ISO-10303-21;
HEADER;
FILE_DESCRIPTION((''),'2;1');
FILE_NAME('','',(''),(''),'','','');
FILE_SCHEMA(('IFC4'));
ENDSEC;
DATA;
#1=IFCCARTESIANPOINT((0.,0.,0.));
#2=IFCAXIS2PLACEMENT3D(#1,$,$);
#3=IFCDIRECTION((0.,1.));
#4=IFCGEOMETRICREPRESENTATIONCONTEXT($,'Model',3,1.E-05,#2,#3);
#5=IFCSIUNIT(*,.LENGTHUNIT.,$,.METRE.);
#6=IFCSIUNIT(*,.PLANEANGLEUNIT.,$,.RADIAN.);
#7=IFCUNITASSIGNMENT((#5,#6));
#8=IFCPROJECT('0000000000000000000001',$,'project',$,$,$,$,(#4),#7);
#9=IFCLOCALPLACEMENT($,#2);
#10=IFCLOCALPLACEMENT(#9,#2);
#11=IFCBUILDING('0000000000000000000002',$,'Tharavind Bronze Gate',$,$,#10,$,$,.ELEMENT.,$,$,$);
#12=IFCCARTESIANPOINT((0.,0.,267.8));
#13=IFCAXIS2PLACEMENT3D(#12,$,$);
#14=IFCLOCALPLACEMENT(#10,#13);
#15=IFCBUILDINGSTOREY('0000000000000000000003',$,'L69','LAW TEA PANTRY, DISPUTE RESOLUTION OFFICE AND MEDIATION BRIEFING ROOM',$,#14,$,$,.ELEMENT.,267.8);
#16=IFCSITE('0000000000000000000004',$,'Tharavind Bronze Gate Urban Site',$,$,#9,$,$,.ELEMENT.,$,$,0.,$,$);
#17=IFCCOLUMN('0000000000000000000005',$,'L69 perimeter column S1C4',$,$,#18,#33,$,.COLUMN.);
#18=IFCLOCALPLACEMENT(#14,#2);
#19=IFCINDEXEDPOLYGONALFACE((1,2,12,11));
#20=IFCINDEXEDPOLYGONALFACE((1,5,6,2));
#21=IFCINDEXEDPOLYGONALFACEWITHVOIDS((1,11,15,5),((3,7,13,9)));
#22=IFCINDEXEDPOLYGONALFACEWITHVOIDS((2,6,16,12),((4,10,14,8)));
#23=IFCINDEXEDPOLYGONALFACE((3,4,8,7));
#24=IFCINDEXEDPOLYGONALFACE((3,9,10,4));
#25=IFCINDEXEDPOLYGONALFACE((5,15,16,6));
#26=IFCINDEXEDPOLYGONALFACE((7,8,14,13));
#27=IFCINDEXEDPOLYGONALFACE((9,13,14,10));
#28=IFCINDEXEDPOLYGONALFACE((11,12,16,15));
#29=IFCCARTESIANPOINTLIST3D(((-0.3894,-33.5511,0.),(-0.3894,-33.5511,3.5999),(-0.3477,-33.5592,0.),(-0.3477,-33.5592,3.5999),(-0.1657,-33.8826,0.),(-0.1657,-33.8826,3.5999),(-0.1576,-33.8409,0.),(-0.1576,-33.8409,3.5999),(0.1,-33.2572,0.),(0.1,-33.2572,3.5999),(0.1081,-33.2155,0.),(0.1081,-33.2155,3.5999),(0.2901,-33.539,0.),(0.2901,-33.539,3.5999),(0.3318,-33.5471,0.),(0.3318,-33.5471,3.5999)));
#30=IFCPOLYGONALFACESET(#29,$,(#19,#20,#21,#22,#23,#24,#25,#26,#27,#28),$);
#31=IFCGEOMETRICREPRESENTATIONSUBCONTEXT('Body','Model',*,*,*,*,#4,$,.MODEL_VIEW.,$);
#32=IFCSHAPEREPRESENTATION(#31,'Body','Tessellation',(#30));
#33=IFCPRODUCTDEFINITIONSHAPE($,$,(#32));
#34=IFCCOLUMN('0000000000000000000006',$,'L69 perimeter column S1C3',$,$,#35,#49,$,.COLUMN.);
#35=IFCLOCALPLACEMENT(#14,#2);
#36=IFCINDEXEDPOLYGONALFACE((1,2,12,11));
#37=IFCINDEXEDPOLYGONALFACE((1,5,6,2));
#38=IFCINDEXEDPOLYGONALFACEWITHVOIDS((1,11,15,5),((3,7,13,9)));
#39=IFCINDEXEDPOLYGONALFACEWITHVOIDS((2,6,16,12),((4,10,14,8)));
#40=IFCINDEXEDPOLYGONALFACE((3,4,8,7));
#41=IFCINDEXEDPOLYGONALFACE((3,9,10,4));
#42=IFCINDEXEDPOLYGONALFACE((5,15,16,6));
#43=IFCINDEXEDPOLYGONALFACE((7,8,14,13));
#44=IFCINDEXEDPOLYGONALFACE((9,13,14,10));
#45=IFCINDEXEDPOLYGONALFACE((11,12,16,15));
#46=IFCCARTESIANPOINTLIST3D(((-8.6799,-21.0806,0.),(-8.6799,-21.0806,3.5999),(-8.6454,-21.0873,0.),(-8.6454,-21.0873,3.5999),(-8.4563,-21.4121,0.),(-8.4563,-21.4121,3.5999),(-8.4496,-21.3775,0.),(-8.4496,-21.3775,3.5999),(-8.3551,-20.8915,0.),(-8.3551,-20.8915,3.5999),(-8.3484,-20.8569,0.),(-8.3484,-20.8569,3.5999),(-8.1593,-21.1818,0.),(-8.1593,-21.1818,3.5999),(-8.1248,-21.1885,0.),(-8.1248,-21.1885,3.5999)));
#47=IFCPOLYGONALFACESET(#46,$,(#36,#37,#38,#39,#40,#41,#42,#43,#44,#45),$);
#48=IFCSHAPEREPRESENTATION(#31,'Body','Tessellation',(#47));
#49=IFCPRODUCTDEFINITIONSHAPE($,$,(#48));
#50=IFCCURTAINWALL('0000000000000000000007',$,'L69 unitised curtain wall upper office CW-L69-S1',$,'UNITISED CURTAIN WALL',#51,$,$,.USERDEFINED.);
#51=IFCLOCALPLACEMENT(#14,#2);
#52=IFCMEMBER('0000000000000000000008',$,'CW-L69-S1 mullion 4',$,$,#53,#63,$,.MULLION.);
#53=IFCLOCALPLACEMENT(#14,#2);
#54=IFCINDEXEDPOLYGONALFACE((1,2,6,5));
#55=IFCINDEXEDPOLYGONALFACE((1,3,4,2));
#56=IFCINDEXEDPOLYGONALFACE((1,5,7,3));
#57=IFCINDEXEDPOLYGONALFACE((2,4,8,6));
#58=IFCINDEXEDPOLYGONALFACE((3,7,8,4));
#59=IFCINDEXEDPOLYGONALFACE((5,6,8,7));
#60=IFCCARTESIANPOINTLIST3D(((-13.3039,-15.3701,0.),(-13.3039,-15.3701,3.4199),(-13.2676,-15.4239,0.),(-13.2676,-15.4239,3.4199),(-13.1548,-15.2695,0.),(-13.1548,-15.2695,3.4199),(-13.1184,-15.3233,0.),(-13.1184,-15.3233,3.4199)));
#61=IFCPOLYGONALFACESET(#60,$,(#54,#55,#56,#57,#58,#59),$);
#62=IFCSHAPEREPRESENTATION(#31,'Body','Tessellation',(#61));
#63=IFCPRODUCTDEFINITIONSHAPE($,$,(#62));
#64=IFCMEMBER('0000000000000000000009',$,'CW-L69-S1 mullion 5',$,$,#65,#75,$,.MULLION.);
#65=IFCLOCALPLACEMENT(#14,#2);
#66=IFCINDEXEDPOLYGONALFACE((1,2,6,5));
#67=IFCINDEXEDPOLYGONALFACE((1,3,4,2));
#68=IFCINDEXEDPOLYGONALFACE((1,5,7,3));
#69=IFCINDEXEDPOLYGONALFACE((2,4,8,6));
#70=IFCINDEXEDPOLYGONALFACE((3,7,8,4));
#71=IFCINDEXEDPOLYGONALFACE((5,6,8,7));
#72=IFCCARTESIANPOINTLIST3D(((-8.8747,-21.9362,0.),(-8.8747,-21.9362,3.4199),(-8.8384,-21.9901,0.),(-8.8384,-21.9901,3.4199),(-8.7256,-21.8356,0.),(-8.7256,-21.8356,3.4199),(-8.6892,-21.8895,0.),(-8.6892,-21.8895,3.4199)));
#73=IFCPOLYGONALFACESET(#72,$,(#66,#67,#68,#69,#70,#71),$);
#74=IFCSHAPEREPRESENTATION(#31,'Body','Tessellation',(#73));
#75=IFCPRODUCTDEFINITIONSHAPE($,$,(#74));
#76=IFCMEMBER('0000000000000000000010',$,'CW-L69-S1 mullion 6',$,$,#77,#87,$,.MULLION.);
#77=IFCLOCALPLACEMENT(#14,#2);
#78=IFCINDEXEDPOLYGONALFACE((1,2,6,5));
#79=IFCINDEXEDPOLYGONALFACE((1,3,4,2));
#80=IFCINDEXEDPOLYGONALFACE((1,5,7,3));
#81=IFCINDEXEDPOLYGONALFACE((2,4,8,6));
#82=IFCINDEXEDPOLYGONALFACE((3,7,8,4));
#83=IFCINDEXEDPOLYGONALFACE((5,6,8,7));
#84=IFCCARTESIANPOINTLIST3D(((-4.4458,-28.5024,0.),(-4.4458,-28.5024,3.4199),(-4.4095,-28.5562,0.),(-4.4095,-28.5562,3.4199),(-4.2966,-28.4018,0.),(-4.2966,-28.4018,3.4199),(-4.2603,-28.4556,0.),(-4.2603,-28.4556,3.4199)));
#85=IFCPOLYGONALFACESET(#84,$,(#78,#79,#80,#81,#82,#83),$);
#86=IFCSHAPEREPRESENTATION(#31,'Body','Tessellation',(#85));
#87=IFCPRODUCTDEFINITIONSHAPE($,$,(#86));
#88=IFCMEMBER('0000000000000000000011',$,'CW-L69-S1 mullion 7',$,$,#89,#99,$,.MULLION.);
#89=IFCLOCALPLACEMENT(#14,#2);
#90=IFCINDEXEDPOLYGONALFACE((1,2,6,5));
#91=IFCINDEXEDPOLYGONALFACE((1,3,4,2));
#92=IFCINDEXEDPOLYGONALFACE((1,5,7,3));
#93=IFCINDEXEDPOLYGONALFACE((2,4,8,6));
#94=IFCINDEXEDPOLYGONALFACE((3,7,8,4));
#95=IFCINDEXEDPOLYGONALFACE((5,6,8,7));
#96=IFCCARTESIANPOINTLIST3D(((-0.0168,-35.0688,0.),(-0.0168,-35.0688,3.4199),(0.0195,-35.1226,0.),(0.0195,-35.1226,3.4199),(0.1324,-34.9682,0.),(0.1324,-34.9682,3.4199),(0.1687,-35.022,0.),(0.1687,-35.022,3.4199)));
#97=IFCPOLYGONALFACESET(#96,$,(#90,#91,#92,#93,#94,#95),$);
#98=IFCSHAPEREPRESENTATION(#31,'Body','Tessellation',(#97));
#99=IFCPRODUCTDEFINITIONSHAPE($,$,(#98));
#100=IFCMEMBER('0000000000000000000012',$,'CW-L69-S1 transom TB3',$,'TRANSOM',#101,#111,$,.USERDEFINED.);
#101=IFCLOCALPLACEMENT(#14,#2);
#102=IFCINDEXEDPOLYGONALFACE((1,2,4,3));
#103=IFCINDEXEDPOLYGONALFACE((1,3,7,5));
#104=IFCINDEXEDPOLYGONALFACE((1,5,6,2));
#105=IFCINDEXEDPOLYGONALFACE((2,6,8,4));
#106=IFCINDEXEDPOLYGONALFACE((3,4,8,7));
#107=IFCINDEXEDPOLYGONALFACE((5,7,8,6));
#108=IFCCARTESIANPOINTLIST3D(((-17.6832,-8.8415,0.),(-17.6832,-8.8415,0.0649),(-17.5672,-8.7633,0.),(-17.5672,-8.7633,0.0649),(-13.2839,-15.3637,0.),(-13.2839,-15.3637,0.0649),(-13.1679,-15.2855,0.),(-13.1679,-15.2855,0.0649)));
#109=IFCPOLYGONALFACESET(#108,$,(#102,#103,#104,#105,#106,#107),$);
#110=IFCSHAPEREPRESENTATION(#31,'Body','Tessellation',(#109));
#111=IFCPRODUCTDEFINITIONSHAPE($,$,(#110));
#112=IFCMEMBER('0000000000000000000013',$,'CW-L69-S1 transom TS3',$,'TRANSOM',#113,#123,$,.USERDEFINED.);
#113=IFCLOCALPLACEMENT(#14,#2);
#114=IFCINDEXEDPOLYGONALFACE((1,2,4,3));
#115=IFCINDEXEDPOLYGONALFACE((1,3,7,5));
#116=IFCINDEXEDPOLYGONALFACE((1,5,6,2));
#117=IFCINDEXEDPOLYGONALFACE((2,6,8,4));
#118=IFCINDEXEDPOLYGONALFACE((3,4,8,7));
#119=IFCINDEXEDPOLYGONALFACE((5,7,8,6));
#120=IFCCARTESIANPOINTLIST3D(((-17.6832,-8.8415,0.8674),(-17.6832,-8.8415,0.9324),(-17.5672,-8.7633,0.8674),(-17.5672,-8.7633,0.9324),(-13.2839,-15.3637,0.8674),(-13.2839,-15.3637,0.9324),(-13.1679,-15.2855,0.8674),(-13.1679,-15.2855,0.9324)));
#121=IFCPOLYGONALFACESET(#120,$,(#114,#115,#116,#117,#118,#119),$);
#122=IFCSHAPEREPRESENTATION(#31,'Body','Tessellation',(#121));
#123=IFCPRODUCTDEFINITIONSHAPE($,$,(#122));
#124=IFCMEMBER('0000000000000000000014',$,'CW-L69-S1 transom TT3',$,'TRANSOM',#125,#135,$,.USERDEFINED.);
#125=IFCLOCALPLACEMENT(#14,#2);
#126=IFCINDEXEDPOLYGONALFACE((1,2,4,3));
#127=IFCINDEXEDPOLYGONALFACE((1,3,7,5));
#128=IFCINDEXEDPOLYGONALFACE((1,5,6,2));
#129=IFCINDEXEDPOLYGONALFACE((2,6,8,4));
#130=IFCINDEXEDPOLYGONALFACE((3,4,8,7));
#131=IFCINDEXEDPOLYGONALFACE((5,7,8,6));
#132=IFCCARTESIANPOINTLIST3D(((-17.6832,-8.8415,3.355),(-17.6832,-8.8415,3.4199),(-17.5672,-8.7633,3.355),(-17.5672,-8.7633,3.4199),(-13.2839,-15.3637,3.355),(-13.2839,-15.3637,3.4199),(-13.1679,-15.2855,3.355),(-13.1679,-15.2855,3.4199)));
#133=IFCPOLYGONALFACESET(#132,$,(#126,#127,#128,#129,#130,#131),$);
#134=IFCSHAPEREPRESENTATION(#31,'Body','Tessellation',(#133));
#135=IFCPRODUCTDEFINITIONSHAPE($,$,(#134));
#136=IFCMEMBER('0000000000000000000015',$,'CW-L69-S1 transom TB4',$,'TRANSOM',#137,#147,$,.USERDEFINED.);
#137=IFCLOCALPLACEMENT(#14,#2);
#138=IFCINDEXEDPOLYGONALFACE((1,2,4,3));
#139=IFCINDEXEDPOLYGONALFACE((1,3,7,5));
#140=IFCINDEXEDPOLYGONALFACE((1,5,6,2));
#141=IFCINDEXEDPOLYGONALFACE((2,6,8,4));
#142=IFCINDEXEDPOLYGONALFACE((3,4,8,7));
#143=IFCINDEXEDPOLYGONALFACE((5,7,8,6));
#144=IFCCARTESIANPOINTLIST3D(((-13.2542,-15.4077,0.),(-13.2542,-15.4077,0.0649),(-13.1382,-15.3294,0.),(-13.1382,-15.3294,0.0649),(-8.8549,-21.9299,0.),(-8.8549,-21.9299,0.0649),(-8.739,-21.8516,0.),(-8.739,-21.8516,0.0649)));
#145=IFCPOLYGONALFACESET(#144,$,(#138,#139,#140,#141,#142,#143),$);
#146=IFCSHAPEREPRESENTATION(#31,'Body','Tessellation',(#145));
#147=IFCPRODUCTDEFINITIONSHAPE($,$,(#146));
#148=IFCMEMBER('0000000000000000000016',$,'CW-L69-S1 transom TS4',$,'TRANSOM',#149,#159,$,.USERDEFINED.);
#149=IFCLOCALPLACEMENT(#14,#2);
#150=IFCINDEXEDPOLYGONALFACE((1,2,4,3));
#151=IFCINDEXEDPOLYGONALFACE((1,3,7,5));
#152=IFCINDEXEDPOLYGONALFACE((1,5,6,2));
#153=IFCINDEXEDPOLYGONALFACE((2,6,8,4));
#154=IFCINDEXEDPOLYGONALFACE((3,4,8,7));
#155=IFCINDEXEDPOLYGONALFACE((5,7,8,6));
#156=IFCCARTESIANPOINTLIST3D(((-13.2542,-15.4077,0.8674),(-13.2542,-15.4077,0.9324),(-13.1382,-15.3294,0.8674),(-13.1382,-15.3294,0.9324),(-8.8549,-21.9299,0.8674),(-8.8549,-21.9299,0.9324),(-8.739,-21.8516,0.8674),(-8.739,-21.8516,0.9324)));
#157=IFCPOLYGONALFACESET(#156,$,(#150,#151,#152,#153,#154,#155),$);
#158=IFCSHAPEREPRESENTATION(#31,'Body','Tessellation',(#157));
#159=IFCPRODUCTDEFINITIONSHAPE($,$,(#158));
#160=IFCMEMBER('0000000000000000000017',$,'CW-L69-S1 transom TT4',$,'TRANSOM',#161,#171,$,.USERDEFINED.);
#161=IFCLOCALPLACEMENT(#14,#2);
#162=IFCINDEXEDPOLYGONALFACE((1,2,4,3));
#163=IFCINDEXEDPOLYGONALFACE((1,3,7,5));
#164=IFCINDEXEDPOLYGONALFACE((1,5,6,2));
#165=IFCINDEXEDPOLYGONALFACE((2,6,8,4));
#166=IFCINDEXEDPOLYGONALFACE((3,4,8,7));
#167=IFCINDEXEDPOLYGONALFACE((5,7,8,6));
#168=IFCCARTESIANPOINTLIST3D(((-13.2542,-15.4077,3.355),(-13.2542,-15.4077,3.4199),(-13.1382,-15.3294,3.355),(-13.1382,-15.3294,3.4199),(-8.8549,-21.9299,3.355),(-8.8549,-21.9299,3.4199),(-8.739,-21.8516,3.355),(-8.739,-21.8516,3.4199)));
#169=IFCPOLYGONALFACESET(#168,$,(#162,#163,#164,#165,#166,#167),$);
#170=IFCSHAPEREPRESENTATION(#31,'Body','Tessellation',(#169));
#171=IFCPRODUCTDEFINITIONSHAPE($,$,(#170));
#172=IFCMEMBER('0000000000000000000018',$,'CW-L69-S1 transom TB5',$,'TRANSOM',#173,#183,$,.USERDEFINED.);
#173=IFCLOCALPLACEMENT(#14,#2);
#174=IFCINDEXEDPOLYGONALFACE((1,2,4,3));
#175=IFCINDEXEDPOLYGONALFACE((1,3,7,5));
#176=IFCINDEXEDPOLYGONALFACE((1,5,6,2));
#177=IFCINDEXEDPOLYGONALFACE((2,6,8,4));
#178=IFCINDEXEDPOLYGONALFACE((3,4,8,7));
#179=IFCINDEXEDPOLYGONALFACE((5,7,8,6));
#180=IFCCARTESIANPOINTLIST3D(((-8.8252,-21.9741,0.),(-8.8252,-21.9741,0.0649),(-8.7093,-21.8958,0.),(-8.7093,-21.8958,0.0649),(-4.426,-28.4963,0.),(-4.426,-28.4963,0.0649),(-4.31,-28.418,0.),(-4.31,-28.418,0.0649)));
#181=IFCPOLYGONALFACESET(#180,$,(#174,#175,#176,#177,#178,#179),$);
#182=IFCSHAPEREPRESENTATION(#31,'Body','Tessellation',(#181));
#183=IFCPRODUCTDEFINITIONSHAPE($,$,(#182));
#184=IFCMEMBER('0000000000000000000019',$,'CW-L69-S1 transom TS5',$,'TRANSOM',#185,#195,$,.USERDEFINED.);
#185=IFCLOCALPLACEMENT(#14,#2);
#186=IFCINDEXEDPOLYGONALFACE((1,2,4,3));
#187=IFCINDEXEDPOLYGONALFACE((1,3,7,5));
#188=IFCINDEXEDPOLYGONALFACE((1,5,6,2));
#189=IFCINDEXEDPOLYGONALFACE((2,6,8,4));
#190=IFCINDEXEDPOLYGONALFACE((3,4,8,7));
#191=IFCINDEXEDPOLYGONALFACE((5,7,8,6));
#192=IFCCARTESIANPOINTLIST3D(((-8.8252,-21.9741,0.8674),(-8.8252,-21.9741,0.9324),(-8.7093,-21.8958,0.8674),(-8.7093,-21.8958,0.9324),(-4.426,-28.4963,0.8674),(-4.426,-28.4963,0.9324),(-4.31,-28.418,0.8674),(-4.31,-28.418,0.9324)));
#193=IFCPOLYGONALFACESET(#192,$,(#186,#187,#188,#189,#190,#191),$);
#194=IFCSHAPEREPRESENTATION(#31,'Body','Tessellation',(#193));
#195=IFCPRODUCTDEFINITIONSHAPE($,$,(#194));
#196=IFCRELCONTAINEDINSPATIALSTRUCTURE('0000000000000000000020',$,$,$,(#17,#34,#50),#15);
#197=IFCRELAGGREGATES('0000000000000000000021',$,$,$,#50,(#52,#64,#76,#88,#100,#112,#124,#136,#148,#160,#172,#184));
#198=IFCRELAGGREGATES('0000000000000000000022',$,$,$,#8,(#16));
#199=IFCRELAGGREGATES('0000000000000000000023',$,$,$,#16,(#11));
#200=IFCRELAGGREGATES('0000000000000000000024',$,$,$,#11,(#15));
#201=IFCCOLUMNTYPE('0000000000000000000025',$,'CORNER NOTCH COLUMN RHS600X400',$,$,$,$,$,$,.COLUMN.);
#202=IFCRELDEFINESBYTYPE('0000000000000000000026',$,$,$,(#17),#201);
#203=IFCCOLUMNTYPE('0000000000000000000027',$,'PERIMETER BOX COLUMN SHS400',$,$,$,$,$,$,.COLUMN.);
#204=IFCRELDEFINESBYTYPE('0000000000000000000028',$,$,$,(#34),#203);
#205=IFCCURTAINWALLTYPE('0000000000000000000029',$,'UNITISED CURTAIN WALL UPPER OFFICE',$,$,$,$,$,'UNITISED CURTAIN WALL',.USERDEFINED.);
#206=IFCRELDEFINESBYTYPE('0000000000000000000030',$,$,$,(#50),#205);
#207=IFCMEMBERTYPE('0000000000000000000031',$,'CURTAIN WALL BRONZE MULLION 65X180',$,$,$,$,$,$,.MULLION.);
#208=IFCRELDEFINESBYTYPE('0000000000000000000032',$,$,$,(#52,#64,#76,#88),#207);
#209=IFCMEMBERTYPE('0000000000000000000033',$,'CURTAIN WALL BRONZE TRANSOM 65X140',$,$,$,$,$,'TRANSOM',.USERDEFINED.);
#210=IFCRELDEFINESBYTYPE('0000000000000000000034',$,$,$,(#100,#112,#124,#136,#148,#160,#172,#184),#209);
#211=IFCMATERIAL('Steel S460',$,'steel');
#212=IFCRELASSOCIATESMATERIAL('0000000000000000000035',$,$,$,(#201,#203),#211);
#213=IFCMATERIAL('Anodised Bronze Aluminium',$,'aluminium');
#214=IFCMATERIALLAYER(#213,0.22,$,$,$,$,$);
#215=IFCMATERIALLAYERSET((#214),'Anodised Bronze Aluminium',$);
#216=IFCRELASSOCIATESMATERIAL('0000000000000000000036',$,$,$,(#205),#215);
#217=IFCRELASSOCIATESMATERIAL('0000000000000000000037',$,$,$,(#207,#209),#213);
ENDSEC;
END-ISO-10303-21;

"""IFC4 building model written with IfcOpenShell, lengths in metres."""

from ifc_helpers import new_model, si_unit, direction, frame, origin, origin_2d, place, context, subcontext, project, spatial, rectangle, hollow_rectangle, extrude, material, layer, layer_set, material_profile, profile_set, type_object, element, aggregate, save


model = new_model("IFC4")

# Units and contexts
model_context = context("Model", 3, precision=1e-05, world=origin(), true_north=direction((0.0, 1.0)))
body_context = subcontext(model_context, "Body", "Model", "MODEL_VIEW")
ifc_project = project(units=[si_unit("LENGTHUNIT", "METRE"), si_unit("PLANEANGLEUNIT", "RADIAN")], contexts=[model_context])

# Site, building, storey
site_placement = place(None, origin())
site = spatial("IfcSite", under=ifc_project, at=site_placement, Name="Tharavind Bronze Gate Urban Site", CompositionType="ELEMENT", RefElevation=0.0)
building_placement = place(site_placement, origin())
building = spatial("IfcBuilding", under=site, at=building_placement, Name="Tharavind Bronze Gate", CompositionType="ELEMENT")
storey_placement = place(building_placement, frame((0.0, 0.0, 267.8)))
storey = spatial("IfcBuildingStorey", under=building, at=storey_placement, Name="L69", Description="LAW TEA PANTRY, DISPUTE RESOLUTION OFFICE AND MEDIATION BRIEFING ROOM", CompositionType="ELEMENT", Elevation=267.8)

# Columns
ifc_material_1 = material(Name="Steel S460", Category="steel")
ifc_material_profile_1 = material_profile(ifc_material_1, hollow_rectangle(XDim=0.3999, YDim=0.6001, WallThickness=0.03, at=origin_2d()), Name="RHS600X400X30")
ifc_profile_set_1 = profile_set([ifc_material_profile_1], Name="Steel S460")
column_type_1 = type_object("IfcColumnType", Name="CORNER NOTCH COLUMN RHS600X400", PredefinedType="COLUMN", material=ifc_profile_set_1)
column_1_placement = place(storey_placement, frame((-0.0288, -33.5491, 0.0), z_axis=(0.0, 0.0, 1.0), x_axis=(-0.559193, 0.829038, 0.0)))
element("IfcColumn", 1, at=column_1_placement, inside=storey, type_object=column_type_1, Name="L69 perimeter column S1C4", PredefinedType="COLUMN", context=body_context, shape_type="SweptSolid", body=[
    extrude(hollow_rectangle(XDim=0.3999, YDim=0.6001, WallThickness=0.03, at=origin_2d()), origin(), (0.0, 0.0, 1.0), 3.5999),
])
ifc_material_profile_2 = material_profile(ifc_material_1, hollow_rectangle(XDim=0.3999, YDim=0.3999, WallThickness=0.0249, at=origin_2d()), Name="SHS400X25")
ifc_profile_set_2 = profile_set([ifc_material_profile_2], Name="Steel S460")
column_type_2 = type_object("IfcColumnType", Name="PERIMETER BOX COLUMN SHS400", PredefinedType="COLUMN", material=ifc_profile_set_2)
column_2_placement = place(storey_placement, frame((-8.4023, -21.1345, 0.0), z_axis=(0.0, 0.0, 1.0), x_axis=(-0.559193, 0.829038, 0.0)))
element("IfcColumn", 2, at=column_2_placement, inside=storey, type_object=column_type_2, Name="L69 perimeter column S1C3", PredefinedType="COLUMN", context=body_context, shape_type="SweptSolid", body=[
    extrude(hollow_rectangle(XDim=0.3999, YDim=0.3999, WallThickness=0.0249, at=origin_2d()), origin(), (0.0, 0.0, 1.0), 3.5999),
])

# Curtain wall, members
ifc_material_2 = material(Name="Anodised Bronze Aluminium", Category="aluminium")
ifc_layer_1 = layer(ifc_material_2, 0.22)
ifc_layer_set_1 = layer_set([ifc_layer_1], Name="Anodised Bronze Aluminium")
curtain_wall_type = type_object("IfcCurtainWallType", Name="UNITISED CURTAIN WALL UPPER OFFICE", ElementType="UNITISED CURTAIN WALL", PredefinedType="USERDEFINED", material=ifc_layer_set_1)
curtain_wall_placement = place(storey_placement, origin())
curtain_wall = element("IfcCurtainWall", 3, at=curtain_wall_placement, inside=storey, type_object=curtain_wall_type, Name="L69 unitised curtain wall upper office CW-L69-S1", ObjectType="UNITISED CURTAIN WALL", PredefinedType="USERDEFINED")
member_type_1 = type_object("IfcMemberType", Name="CURTAIN WALL BRONZE MULLION 65X180", PredefinedType="MULLION", material=ifc_material_2)
member_1_placement = place(storey_placement, frame((-13.2112, -15.3467, 0.0), z_axis=(0.0, 0.0, 1.0), x_axis=(0.559191, -0.829039, 0.0)))
member_1 = element("IfcMember", 4, at=member_1_placement, type_object=member_type_1, Name="CW-L69-S1 mullion 4", PredefinedType="MULLION", context=body_context, shape_type="SweptSolid", body=[
    extrude(rectangle(XDim=0.0649, YDim=0.1799, at=origin_2d()), origin(), (0.0, 0.0, 1.0), 3.4199),
])
member_2_placement = place(storey_placement, frame((-8.782, -21.9128, 0.0), z_axis=(0.0, 0.0, 1.0), x_axis=(0.559191, -0.829039, 0.0)))
member_2 = element("IfcMember", 5, at=member_2_placement, type_object=member_type_1, Name="CW-L69-S1 mullion 5", PredefinedType="MULLION", context=body_context, shape_type="SweptSolid", body=[
    extrude(rectangle(XDim=0.0649, YDim=0.1799, at=origin_2d()), origin(), (0.0, 0.0, 1.0), 3.4199),
])
member_3_placement = place(storey_placement, frame((-4.353, -28.479, 0.0), z_axis=(0.0, 0.0, 1.0), x_axis=(0.559191, -0.829039, 0.0)))
member_3 = element("IfcMember", 6, at=member_3_placement, type_object=member_type_1, Name="CW-L69-S1 mullion 6", PredefinedType="MULLION", context=body_context, shape_type="SweptSolid", body=[
    extrude(rectangle(XDim=0.0649, YDim=0.1799, at=origin_2d()), origin(), (0.0, 0.0, 1.0), 3.4199),
])
member_4_placement = place(storey_placement, frame((0.0759, -35.0454, 0.0), z_axis=(0.0, 0.0, 1.0), x_axis=(0.559191, -0.829039, 0.0)))
member_4 = element("IfcMember", 7, at=member_4_placement, type_object=member_type_1, Name="CW-L69-S1 mullion 7", PredefinedType="MULLION", context=body_context, shape_type="SweptSolid", body=[
    extrude(rectangle(XDim=0.0649, YDim=0.1799, at=origin_2d()), origin(), (0.0, 0.0, 1.0), 3.4199),
])
member_type_2 = type_object("IfcMemberType", Name="CURTAIN WALL BRONZE TRANSOM 65X140", ElementType="TRANSOM", PredefinedType="USERDEFINED", material=ifc_material_2)
member_5_placement = place(storey_placement, frame((-15.4255, -12.0635, 0.0), z_axis=(0.0, 0.0, 1.0), x_axis=(0.559191, -0.829039, 0.0)))
member_5 = element("IfcMember", 8, at=member_5_placement, type_object=member_type_2, Name="CW-L69-S1 transom TB3", ObjectType="TRANSOM", PredefinedType="USERDEFINED", context=body_context, shape_type="SweptSolid", body=[
    extrude(rectangle(XDim=7.8672, YDim=0.1399, at=origin_2d()), origin(), (0.0, 0.0, 1.0), 0.0649),
])
member_6_placement = place(storey_placement, frame((-15.4255, -12.0635, 0.8674), z_axis=(0.0, 0.0, 1.0), x_axis=(0.559191, -0.829039, 0.0)))
member_6 = element("IfcMember", 9, at=member_6_placement, type_object=member_type_2, Name="CW-L69-S1 transom TS3", ObjectType="TRANSOM", PredefinedType="USERDEFINED", context=body_context, shape_type="SweptSolid", body=[
    extrude(rectangle(XDim=7.8672, YDim=0.1399, at=origin_2d()), origin(), (0.0, 0.0, 1.0), 0.0649),
])
member_7_placement = place(storey_placement, frame((-15.4255, -12.0635, 3.355), z_axis=(0.0, 0.0, 1.0), x_axis=(0.559191, -0.829039, 0.0)))
member_7 = element("IfcMember", 10, at=member_7_placement, type_object=member_type_2, Name="CW-L69-S1 transom TT3", ObjectType="TRANSOM", PredefinedType="USERDEFINED", context=body_context, shape_type="SweptSolid", body=[
    extrude(rectangle(XDim=7.8672, YDim=0.1399, at=origin_2d()), origin(), (0.0, 0.0, 1.0), 0.0649),
])
member_8_placement = place(storey_placement, frame((-10.9966, -18.6296, 0.0), z_axis=(0.0, 0.0, 1.0), x_axis=(0.559191, -0.829039, 0.0)))
member_8 = element("IfcMember", 11, at=member_8_placement, type_object=member_type_2, Name="CW-L69-S1 transom TB4", ObjectType="TRANSOM", PredefinedType="USERDEFINED", context=body_context, shape_type="SweptSolid", body=[
    extrude(rectangle(XDim=7.8672, YDim=0.1399, at=origin_2d()), origin(), (0.0, 0.0, 1.0), 0.0649),
])
member_9_placement = place(storey_placement, frame((-10.9966, -18.6296, 0.8674), z_axis=(0.0, 0.0, 1.0), x_axis=(0.559191, -0.829039, 0.0)))
member_9 = element("IfcMember", 12, at=member_9_placement, type_object=member_type_2, Name="CW-L69-S1 transom TS4", ObjectType="TRANSOM", PredefinedType="USERDEFINED", context=body_context, shape_type="SweptSolid", body=[
    extrude(rectangle(XDim=7.8672, YDim=0.1399, at=origin_2d()), origin(), (0.0, 0.0, 1.0), 0.0649),
])
member_10_placement = place(storey_placement, frame((-10.9966, -18.6296, 3.355), z_axis=(0.0, 0.0, 1.0), x_axis=(0.559191, -0.829039, 0.0)))
member_10 = element("IfcMember", 13, at=member_10_placement, type_object=member_type_2, Name="CW-L69-S1 transom TT4", ObjectType="TRANSOM", PredefinedType="USERDEFINED", context=body_context, shape_type="SweptSolid", body=[
    extrude(rectangle(XDim=7.8672, YDim=0.1399, at=origin_2d()), origin(), (0.0, 0.0, 1.0), 0.0649),
])
member_11_placement = place(storey_placement, frame((-6.5676, -25.196, 0.0), z_axis=(0.0, 0.0, 1.0), x_axis=(0.559191, -0.829039, 0.0)))
member_11 = element("IfcMember", 14, at=member_11_placement, type_object=member_type_2, Name="CW-L69-S1 transom TB5", ObjectType="TRANSOM", PredefinedType="USERDEFINED", context=body_context, shape_type="SweptSolid", body=[
    extrude(rectangle(XDim=7.8672, YDim=0.1399, at=origin_2d()), origin(), (0.0, 0.0, 1.0), 0.0649),
])
member_12_placement = place(storey_placement, frame((-6.5676, -25.196, 0.8674), z_axis=(0.0, 0.0, 1.0), x_axis=(0.559191, -0.829039, 0.0)))
member_12 = element("IfcMember", 15, at=member_12_placement, type_object=member_type_2, Name="CW-L69-S1 transom TS5", ObjectType="TRANSOM", PredefinedType="USERDEFINED", context=body_context, shape_type="SweptSolid", body=[
    extrude(rectangle(XDim=7.8672, YDim=0.1399, at=origin_2d()), origin(), (0.0, 0.0, 1.0), 0.0649),
])

aggregate(curtain_wall, [member_1, member_2, member_3, member_4, member_5, member_6, member_7, member_8, member_9, member_10, member_11, member_12])

save(model, "model.ifc")
